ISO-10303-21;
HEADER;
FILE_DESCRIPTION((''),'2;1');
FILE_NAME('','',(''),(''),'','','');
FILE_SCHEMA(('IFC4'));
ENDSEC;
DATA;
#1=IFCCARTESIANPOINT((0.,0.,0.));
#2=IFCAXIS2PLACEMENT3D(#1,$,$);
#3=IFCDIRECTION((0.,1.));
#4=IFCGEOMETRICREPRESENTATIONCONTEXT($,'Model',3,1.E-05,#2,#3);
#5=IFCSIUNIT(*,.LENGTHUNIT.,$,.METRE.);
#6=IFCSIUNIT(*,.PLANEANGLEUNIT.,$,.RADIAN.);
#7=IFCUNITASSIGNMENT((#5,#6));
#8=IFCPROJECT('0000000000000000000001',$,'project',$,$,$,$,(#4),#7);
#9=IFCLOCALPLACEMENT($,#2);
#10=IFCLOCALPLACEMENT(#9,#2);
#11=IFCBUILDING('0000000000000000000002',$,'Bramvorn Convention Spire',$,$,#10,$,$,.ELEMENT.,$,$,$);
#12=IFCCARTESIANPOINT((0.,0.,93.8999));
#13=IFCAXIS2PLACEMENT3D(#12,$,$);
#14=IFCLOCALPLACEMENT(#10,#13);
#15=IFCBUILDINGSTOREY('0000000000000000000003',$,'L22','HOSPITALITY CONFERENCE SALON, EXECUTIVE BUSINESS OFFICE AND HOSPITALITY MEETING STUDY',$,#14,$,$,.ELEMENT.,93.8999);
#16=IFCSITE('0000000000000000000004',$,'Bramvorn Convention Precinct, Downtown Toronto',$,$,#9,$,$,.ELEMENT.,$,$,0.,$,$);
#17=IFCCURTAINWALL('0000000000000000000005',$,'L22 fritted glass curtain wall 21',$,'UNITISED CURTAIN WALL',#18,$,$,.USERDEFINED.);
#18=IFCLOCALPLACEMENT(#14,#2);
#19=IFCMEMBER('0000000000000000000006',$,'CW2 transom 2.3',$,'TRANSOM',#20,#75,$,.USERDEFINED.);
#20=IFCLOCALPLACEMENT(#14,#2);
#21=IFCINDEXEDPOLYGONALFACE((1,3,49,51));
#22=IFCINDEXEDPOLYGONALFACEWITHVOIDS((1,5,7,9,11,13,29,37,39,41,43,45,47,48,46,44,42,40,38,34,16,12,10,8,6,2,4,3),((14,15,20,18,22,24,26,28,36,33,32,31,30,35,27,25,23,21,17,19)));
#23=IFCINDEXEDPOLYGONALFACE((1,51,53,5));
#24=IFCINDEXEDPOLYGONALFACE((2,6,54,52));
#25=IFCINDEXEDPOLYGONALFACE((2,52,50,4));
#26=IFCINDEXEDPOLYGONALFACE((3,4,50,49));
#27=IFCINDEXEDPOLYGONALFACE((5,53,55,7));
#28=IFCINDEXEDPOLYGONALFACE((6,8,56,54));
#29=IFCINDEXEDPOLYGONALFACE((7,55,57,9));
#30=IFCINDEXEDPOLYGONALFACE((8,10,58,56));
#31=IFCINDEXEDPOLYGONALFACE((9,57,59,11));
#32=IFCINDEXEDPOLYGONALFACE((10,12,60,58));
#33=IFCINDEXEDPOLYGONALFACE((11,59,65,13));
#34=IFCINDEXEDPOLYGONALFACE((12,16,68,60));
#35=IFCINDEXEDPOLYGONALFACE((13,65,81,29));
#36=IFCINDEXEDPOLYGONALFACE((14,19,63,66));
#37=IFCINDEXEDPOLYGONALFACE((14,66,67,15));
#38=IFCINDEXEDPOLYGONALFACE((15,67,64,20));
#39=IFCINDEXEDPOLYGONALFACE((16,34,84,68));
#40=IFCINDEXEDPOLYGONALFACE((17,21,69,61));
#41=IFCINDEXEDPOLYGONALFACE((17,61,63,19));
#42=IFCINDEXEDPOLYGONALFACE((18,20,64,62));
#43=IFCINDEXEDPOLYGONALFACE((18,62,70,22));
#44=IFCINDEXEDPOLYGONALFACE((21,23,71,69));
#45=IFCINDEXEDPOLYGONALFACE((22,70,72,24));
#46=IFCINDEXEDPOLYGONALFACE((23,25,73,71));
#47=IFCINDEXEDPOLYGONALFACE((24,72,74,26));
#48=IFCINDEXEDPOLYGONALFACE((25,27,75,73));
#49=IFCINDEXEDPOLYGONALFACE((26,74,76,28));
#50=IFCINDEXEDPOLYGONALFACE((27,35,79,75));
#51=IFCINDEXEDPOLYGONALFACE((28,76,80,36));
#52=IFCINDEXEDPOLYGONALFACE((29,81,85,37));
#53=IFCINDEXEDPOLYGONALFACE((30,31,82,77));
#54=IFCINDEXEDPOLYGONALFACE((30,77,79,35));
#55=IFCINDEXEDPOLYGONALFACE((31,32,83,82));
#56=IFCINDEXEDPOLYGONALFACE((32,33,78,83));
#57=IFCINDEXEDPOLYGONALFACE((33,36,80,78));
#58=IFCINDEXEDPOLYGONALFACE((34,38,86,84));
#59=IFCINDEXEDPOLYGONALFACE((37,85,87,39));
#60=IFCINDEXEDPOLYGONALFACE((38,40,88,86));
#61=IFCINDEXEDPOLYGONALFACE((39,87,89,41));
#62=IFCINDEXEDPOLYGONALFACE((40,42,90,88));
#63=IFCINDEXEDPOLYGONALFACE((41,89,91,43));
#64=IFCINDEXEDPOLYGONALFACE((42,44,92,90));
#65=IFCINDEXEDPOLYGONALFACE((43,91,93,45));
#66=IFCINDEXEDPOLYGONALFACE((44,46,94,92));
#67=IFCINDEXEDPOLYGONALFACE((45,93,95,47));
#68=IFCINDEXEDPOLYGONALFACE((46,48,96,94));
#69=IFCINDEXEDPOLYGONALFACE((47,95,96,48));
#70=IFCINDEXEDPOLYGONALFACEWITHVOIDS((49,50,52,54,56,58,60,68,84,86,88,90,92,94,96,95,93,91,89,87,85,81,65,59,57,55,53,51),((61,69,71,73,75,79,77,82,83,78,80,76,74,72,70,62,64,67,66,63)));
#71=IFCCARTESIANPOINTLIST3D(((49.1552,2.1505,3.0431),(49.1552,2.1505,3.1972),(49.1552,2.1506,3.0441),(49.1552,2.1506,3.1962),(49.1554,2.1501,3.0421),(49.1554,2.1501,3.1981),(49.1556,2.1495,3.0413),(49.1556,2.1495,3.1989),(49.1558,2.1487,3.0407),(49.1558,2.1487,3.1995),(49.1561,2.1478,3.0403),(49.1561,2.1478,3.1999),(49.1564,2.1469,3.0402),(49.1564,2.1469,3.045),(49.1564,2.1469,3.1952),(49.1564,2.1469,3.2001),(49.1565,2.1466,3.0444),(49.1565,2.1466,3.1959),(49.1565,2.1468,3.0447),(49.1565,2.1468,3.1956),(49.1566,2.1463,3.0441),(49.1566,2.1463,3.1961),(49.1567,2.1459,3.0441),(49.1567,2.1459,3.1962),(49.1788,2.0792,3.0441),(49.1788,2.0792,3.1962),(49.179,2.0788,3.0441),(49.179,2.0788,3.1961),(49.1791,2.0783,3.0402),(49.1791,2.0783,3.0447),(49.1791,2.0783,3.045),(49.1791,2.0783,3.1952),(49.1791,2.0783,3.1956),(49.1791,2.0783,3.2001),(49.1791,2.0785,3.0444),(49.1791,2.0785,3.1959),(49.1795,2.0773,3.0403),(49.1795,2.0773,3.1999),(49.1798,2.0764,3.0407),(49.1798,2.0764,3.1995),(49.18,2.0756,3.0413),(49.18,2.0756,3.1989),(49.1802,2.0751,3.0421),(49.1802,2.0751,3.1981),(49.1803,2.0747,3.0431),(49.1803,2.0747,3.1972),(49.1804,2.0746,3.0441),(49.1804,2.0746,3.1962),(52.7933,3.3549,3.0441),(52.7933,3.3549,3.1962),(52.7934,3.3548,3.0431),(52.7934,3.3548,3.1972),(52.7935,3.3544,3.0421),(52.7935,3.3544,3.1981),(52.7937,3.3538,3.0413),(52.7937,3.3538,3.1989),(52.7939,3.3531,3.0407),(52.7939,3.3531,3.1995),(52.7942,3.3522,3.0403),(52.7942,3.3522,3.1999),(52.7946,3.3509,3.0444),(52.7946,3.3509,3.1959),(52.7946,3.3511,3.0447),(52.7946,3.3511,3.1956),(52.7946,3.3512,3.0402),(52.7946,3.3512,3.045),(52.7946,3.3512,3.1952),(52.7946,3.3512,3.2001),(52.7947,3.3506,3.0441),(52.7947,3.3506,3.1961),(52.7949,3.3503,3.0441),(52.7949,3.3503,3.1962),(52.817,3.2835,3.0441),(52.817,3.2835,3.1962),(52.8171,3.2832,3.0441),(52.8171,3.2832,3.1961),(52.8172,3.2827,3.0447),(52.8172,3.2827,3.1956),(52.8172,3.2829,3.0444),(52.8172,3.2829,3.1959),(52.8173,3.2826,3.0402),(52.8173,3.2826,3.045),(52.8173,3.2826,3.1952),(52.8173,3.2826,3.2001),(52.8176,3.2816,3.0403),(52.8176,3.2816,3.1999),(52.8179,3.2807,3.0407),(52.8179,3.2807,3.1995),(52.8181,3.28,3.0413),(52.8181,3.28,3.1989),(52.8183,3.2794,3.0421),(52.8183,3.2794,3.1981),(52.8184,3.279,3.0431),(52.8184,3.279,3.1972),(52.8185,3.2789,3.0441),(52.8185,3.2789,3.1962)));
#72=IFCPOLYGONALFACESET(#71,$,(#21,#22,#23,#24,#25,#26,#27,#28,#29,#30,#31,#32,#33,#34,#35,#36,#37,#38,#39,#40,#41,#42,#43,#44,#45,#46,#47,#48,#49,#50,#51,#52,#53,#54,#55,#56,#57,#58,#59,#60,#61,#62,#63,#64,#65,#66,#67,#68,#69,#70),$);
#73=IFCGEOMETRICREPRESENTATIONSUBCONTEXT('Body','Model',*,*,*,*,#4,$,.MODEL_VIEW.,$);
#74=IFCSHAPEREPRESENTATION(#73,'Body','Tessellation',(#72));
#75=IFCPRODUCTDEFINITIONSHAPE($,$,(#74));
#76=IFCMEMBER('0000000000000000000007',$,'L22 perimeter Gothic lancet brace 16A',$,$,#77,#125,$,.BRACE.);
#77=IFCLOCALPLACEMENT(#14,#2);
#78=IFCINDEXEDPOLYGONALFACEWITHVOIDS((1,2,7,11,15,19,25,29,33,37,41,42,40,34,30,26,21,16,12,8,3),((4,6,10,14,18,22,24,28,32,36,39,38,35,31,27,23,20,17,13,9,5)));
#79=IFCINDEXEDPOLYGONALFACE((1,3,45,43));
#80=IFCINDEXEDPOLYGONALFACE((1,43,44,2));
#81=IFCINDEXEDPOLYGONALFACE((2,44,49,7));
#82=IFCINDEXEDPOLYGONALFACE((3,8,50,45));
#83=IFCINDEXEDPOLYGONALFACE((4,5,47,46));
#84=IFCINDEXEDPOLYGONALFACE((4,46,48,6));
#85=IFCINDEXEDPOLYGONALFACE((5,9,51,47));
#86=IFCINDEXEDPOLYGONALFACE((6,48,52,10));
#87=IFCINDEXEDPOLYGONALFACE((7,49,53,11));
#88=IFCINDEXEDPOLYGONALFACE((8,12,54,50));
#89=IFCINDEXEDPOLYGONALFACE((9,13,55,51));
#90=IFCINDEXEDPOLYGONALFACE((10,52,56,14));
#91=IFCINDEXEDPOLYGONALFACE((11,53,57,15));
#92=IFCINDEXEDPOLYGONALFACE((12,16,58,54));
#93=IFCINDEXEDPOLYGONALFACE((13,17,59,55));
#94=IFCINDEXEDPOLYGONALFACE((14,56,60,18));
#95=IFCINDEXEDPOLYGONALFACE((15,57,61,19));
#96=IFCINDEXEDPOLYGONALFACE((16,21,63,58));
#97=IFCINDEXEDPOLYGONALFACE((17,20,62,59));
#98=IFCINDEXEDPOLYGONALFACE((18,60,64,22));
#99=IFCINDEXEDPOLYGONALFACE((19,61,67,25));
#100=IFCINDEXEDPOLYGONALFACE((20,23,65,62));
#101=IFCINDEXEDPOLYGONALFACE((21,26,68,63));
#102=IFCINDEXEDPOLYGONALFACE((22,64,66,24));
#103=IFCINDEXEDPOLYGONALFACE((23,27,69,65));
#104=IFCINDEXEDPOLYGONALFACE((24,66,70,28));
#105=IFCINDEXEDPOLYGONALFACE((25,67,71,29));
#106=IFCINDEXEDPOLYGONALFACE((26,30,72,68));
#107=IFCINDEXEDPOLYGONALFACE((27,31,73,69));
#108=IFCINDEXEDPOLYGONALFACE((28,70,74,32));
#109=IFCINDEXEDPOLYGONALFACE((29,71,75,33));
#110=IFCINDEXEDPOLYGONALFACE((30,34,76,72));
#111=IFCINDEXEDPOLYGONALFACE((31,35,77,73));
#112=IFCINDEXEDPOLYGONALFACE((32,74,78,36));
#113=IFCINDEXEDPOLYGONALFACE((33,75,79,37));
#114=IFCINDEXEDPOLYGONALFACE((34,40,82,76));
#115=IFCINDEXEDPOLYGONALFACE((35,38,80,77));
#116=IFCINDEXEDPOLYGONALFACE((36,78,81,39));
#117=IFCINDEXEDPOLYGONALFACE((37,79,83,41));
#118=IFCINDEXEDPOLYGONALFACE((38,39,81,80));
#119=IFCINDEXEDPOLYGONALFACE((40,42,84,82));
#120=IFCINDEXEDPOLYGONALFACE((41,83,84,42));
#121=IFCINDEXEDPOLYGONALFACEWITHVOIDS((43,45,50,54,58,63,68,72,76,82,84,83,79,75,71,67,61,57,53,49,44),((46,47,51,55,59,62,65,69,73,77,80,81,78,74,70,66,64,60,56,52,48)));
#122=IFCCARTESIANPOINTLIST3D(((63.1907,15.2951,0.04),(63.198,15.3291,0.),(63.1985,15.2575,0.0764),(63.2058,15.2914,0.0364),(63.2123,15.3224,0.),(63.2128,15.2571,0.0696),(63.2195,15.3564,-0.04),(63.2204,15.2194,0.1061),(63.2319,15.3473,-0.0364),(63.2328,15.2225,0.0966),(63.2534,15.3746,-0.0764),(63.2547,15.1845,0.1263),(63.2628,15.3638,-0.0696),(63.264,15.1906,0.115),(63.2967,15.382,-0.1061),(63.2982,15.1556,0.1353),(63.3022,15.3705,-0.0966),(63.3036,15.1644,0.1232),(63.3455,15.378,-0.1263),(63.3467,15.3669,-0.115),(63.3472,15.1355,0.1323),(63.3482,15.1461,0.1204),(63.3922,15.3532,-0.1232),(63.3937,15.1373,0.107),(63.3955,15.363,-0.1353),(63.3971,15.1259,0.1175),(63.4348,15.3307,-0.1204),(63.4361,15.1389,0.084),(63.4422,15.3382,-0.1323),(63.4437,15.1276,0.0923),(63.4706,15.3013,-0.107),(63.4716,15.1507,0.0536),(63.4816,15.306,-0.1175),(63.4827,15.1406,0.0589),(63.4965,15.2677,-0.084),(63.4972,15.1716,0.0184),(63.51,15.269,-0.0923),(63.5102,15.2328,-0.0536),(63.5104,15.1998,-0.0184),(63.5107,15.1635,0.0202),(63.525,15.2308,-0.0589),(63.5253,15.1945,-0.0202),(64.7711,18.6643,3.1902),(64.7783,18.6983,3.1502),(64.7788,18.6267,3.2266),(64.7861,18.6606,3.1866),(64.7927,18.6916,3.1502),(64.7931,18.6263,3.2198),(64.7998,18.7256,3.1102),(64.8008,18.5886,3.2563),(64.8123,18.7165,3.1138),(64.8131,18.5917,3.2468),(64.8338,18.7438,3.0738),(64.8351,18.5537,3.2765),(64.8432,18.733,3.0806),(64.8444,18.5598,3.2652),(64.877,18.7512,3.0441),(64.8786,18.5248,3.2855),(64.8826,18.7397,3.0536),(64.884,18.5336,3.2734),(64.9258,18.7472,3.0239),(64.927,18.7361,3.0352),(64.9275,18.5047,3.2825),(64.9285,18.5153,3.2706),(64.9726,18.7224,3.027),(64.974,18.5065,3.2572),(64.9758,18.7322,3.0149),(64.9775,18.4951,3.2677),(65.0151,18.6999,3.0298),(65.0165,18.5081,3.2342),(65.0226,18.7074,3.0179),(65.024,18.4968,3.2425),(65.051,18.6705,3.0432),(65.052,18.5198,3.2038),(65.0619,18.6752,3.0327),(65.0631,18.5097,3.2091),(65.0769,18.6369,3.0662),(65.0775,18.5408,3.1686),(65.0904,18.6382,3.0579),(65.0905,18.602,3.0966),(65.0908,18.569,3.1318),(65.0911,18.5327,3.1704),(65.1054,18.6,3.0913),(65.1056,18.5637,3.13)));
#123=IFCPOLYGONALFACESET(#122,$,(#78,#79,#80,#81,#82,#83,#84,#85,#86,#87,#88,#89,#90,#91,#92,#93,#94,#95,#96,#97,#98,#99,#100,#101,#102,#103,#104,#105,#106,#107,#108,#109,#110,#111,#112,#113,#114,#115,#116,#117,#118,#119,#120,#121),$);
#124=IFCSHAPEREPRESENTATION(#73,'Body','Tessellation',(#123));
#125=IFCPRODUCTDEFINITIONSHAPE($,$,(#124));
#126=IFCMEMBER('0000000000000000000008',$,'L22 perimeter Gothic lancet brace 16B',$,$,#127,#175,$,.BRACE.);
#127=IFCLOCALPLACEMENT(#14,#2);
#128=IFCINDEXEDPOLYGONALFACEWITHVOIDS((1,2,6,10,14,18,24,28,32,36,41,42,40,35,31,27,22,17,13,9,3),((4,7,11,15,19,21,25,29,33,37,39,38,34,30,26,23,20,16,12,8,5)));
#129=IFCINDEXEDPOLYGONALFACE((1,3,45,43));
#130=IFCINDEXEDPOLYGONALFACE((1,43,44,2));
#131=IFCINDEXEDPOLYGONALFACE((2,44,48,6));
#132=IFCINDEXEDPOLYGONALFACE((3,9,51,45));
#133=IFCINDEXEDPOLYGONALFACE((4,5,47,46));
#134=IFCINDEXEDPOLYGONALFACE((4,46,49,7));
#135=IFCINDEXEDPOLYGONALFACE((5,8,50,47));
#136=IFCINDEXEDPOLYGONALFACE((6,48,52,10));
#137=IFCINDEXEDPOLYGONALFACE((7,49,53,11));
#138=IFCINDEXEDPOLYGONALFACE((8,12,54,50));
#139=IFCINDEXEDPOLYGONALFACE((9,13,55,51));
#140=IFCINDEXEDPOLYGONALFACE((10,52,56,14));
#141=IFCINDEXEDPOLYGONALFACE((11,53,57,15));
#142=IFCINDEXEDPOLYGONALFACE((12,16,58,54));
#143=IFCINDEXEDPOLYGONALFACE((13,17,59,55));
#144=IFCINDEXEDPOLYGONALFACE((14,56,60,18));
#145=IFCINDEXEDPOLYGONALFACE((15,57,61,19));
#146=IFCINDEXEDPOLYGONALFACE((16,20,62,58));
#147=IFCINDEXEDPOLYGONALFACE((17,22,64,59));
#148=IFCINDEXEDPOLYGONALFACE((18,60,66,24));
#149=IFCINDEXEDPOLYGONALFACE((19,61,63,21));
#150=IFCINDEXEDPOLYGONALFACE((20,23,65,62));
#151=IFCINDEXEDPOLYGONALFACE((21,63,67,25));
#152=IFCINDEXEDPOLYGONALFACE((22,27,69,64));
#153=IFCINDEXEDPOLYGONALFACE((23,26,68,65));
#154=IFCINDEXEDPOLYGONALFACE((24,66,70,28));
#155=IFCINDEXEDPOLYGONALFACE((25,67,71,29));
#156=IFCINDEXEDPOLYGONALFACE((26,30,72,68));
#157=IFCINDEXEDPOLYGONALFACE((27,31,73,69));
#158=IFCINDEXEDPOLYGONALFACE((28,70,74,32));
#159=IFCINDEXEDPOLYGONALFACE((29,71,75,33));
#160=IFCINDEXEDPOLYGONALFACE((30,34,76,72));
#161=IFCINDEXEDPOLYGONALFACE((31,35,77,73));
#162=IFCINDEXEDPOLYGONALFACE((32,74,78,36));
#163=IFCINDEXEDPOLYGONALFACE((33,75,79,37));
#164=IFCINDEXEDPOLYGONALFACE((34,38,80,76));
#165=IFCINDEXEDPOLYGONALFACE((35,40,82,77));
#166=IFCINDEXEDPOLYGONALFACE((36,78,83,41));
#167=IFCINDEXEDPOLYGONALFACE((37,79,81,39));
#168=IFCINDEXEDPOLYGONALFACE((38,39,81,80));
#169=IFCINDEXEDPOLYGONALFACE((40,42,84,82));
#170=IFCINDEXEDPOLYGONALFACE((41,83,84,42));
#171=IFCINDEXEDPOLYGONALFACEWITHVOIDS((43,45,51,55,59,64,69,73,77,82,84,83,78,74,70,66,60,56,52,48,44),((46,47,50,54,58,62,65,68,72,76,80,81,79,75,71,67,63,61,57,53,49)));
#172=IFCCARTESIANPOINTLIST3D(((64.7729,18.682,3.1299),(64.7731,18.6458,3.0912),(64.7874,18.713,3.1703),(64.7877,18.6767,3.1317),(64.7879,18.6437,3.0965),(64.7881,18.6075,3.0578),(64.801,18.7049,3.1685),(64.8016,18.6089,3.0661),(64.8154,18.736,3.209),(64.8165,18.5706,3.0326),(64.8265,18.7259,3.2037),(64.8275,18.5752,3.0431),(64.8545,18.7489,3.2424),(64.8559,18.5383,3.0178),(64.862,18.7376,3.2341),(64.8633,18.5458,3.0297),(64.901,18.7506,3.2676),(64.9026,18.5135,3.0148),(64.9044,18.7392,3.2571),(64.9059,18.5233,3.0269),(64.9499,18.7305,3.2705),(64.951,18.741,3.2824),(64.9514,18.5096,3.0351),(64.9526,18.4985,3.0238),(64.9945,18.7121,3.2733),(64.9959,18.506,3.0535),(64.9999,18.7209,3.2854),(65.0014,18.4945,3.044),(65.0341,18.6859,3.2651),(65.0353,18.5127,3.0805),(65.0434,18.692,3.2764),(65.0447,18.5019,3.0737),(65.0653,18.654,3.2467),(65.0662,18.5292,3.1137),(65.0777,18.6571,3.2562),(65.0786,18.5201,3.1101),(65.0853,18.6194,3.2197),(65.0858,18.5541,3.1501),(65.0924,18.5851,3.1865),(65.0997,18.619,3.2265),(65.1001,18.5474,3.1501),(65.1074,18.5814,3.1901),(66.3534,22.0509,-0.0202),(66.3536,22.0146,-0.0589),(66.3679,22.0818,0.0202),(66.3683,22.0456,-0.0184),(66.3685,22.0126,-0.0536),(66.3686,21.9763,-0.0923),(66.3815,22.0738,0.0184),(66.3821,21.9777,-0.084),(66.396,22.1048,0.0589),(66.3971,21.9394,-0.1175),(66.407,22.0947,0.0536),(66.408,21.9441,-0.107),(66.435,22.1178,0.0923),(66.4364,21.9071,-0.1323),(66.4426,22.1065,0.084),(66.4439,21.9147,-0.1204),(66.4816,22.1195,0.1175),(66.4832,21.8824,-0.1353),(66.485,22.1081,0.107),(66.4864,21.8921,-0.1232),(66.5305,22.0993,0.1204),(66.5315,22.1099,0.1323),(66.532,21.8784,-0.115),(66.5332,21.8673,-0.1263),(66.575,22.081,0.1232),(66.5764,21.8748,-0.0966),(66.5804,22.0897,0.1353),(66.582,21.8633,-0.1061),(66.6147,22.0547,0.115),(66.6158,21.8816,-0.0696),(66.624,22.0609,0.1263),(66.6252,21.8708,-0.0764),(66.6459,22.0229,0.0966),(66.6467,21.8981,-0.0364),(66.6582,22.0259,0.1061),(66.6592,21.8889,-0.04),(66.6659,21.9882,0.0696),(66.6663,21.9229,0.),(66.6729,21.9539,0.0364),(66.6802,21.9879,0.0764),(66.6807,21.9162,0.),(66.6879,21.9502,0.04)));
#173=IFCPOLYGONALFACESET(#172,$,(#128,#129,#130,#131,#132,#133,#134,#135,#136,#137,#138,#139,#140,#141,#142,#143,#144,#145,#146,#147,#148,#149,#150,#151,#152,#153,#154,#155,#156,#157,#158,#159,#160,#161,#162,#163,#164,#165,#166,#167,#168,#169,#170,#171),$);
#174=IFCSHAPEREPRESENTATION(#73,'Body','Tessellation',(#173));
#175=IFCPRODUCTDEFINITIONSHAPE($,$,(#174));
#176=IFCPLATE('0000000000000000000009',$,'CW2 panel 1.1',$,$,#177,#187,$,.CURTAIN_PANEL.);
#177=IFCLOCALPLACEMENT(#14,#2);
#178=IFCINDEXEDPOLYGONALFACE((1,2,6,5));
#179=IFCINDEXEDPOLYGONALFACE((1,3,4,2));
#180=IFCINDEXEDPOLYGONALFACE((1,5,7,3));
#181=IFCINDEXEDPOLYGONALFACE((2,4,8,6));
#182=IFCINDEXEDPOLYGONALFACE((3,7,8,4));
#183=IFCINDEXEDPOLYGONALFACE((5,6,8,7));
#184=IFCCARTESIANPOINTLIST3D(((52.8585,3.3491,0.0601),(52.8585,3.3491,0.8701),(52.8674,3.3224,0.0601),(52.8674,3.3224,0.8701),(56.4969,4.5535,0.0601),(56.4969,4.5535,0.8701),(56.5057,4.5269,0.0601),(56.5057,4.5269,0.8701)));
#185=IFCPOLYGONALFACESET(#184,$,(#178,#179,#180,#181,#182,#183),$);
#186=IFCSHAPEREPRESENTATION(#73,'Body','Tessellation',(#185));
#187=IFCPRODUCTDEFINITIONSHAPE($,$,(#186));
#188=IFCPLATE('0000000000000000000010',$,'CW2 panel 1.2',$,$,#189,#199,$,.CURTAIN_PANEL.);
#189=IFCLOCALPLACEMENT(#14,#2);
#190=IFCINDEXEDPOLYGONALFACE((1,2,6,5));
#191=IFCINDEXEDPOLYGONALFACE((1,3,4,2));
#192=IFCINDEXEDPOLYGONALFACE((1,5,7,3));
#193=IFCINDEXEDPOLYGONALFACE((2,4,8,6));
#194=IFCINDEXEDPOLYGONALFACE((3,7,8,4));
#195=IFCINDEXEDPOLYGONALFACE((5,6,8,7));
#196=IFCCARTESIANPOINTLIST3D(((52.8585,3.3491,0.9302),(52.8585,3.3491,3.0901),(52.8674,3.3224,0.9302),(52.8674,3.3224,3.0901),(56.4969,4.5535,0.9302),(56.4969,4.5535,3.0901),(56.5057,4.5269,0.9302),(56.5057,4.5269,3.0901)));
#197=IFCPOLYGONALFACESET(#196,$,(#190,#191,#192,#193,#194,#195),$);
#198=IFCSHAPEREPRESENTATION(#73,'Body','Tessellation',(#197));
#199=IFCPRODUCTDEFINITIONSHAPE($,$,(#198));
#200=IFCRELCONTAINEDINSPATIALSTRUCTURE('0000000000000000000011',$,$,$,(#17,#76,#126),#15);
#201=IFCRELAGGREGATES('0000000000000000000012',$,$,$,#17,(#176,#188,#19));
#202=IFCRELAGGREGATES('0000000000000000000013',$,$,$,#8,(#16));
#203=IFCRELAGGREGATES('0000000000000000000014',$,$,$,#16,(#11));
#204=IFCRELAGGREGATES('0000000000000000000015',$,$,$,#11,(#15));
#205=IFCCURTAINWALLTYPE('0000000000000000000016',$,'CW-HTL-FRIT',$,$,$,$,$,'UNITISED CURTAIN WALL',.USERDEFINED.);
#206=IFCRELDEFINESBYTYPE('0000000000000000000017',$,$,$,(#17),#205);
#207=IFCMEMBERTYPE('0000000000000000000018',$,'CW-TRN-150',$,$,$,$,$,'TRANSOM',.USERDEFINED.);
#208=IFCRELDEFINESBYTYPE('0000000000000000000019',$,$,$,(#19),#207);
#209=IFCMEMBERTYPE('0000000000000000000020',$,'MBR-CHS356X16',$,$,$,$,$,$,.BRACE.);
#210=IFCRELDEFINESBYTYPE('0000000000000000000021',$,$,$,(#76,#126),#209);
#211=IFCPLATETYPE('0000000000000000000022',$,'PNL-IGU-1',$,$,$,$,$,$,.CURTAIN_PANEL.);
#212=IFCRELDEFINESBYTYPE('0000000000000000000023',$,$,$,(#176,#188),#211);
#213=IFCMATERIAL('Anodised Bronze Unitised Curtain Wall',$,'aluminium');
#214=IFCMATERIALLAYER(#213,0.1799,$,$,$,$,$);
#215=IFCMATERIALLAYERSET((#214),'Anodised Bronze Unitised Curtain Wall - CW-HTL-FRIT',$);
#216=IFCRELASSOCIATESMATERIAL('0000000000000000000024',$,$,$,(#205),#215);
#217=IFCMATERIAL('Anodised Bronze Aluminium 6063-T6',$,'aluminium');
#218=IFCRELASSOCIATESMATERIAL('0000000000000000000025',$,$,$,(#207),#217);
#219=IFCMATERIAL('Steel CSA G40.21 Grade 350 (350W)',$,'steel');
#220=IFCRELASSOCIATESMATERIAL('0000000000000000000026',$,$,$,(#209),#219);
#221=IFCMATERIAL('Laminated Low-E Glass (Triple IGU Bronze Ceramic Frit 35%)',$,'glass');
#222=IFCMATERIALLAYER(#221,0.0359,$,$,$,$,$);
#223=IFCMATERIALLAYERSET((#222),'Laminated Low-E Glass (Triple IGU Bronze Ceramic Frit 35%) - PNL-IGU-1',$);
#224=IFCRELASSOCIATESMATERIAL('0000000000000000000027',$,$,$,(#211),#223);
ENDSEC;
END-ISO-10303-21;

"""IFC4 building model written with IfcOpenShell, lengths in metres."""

from ifc_helpers import new_model, si_unit, direction, frame, origin, origin_2d, place, context, subcontext, project, spatial, rectangle, hollow_rectangle, hollow_circle, extrude, material, layer, layer_set, material_profile, profile_set, type_object, element, aggregate, save


model = new_model("IFC4")

# Units and contexts
model_context = context("Model", 3, precision=1e-05, world=origin(), true_north=direction((0.0, 1.0)))
body_context = subcontext(model_context, "Body", "Model", "MODEL_VIEW")
ifc_project = project(units=[si_unit("LENGTHUNIT", "METRE"), si_unit("PLANEANGLEUNIT", "RADIAN")], contexts=[model_context])

# Site, building, storey
site_placement = place(None, origin())
site = spatial("IfcSite", under=ifc_project, at=site_placement, Name="Bramvorn Convention Precinct, Downtown Toronto", CompositionType="ELEMENT", RefElevation=0.0)
building_placement = place(site_placement, origin())
building = spatial("IfcBuilding", under=site, at=building_placement, Name="Bramvorn Convention Spire", CompositionType="ELEMENT")
storey_placement = place(building_placement, frame((0.0, 0.0, 93.8999)))
storey = spatial("IfcBuildingStorey", under=building, at=storey_placement, Name="L22", Description="HOSPITALITY CONFERENCE SALON, EXECUTIVE BUSINESS OFFICE AND HOSPITALITY MEETING STUDY", CompositionType="ELEMENT", Elevation=93.8999)

# Shared definitions
ifc_material_1 = material(Name="Steel CSA G40.21 Grade 350 (350W)", Category="steel")

# Curtain wall, member
ifc_material_2 = material(Name="Anodised Bronze Unitised Curtain Wall", Category="aluminium")
ifc_layer_1 = layer(ifc_material_2, 0.1799)
ifc_layer_set_1 = layer_set([ifc_layer_1], Name="Anodised Bronze Unitised Curtain Wall - CW-HTL-FRIT")
curtain_wall_type = type_object("IfcCurtainWallType", Name="CW-HTL-FRIT", ElementType="UNITISED CURTAIN WALL", PredefinedType="USERDEFINED", material=ifc_layer_set_1)
curtain_wall_placement = place(storey_placement, origin())
curtain_wall = element("IfcCurtainWall", 1, at=curtain_wall_placement, inside=storey, type_object=curtain_wall_type, Name="L22 fritted glass curtain wall 21", ObjectType="UNITISED CURTAIN WALL", PredefinedType="USERDEFINED")
ifc_material_3 = material(Name="Anodised Bronze Aluminium 6063-T6", Category="aluminium")
ifc_material_profile_1 = material_profile(ifc_material_3, hollow_rectangle(XDim=0.0801, YDim=0.1599, WallThickness=0.0039, InnerFilletRadius=0.001, OuterFilletRadius=0.0039, at=origin_2d()))
ifc_profile_set_1 = profile_set([ifc_material_profile_1], Name="Anodised Bronze Aluminium 6063-T6 - CWT80X160")
member_type_1 = type_object("IfcMemberType", Name="CW-TRN-150", ElementType="TRANSOM", PredefinedType="USERDEFINED", material=ifc_profile_set_1)
member_1_placement = place(storey_placement, frame((52.8059, 3.3169, 3.1201), z_axis=(-0.949337, -0.314259, 0.0), x_axis=(0.314259, -0.949337, 0.0)))
member_1 = element("IfcMember", 2, at=member_1_placement, type_object=member_type_1, Name="CW2 transom 2.3", ObjectType="TRANSOM", PredefinedType="USERDEFINED", context=body_context, shape_type="SweptSolid", body=[
    extrude(hollow_rectangle(XDim=0.0801, YDim=0.1599, WallThickness=0.0039, InnerFilletRadius=0.001, OuterFilletRadius=0.0039, at=origin_2d()), origin(), (0.0, 0.0, 1.0), 3.8323),
])

# Members
ifc_material_profile_2 = material_profile(ifc_material_1, hollow_circle(Radius=0.1777, WallThickness=0.0159, at=origin_2d()))
ifc_profile_set_2 = profile_set([ifc_material_profile_2], Name="Steel CSA G40.21 Grade 350 (350W) - CHS356X16")
member_type_2 = type_object("IfcMemberType", Name="MBR-CHS356X16", PredefinedType="BRACE", material=ifc_profile_set_2)
member_2_placement = place(storey_placement, frame((63.3589, 15.2537, 0.0), z_axis=(0.324126, 0.691014, 0.646098), x_axis=(-0.905352, 0.424662, 0.0)))
element("IfcMember", 3, at=member_2_placement, inside=storey, type_object=member_type_2, Name="L22 perimeter Gothic lancet brace 16A", PredefinedType="BRACE", context=body_context, shape_type="SweptSolid", body=[
    extrude(hollow_circle(Radius=0.1777, WallThickness=0.0159, at=origin_2d()), origin(), (0.0, 0.0, 1.0), 4.8757),
])
member_3_placement = place(storey_placement, frame((66.5198, 21.9917, 0.0), z_axis=(-0.324182, -0.690976, 0.64611), x_axis=(0.905315, -0.424741, 0.0)))
element("IfcMember", 4, at=member_3_placement, inside=storey, type_object=member_type_2, Name="L22 perimeter Gothic lancet brace 16B", PredefinedType="BRACE", context=body_context, shape_type="SweptSolid", body=[
    extrude(hollow_circle(Radius=0.1777, WallThickness=0.0159, at=origin_2d()), origin(), (0.0, 0.0, 1.0), 4.8755),
])

# Plates
ifc_material_4 = material(Name="Laminated Low-E Glass (Triple IGU Bronze Ceramic Frit 35%)", Category="glass")
ifc_layer_2 = layer(ifc_material_4, 0.0359)
ifc_layer_set_2 = layer_set([ifc_layer_2], Name="Laminated Low-E Glass (Triple IGU Bronze Ceramic Frit 35%) - PNL-IGU-1")
plate_type = type_object("IfcPlateType", Name="PNL-IGU-1", PredefinedType="CURTAIN_PANEL", material=ifc_layer_set_2)
plate_1_placement = place(storey_placement, frame((54.6821, 3.938, 0.0601), z_axis=(0.0, 0.0, 1.0), x_axis=(-0.949334, -0.314269, 0.0)))
plate_1 = element("IfcPlate", 5, at=plate_1_placement, type_object=plate_type, Name="CW2 panel 1.1", PredefinedType="CURTAIN_PANEL", context=body_context, shape_type="SweptSolid", body=[
    extrude(rectangle(XDim=3.8325, YDim=0.0281, at=origin_2d()), origin(), (0.0, 0.0, 1.0), 0.8101),
])
plate_2_placement = place(storey_placement, frame((54.6821, 3.938, 0.9302), z_axis=(0.0, 0.0, 1.0), x_axis=(-0.949334, -0.314269, 0.0)))
plate_2 = element("IfcPlate", 6, at=plate_2_placement, type_object=plate_type, Name="CW2 panel 1.2", PredefinedType="CURTAIN_PANEL", context=body_context, shape_type="SweptSolid", body=[
    extrude(rectangle(XDim=3.8325, YDim=0.0281, at=origin_2d()), origin(), (0.0, 0.0, 1.0), 2.1599),
])
aggregate(curtain_wall, [plate_1, plate_2, member_1])

save(model, "model.ifc")
